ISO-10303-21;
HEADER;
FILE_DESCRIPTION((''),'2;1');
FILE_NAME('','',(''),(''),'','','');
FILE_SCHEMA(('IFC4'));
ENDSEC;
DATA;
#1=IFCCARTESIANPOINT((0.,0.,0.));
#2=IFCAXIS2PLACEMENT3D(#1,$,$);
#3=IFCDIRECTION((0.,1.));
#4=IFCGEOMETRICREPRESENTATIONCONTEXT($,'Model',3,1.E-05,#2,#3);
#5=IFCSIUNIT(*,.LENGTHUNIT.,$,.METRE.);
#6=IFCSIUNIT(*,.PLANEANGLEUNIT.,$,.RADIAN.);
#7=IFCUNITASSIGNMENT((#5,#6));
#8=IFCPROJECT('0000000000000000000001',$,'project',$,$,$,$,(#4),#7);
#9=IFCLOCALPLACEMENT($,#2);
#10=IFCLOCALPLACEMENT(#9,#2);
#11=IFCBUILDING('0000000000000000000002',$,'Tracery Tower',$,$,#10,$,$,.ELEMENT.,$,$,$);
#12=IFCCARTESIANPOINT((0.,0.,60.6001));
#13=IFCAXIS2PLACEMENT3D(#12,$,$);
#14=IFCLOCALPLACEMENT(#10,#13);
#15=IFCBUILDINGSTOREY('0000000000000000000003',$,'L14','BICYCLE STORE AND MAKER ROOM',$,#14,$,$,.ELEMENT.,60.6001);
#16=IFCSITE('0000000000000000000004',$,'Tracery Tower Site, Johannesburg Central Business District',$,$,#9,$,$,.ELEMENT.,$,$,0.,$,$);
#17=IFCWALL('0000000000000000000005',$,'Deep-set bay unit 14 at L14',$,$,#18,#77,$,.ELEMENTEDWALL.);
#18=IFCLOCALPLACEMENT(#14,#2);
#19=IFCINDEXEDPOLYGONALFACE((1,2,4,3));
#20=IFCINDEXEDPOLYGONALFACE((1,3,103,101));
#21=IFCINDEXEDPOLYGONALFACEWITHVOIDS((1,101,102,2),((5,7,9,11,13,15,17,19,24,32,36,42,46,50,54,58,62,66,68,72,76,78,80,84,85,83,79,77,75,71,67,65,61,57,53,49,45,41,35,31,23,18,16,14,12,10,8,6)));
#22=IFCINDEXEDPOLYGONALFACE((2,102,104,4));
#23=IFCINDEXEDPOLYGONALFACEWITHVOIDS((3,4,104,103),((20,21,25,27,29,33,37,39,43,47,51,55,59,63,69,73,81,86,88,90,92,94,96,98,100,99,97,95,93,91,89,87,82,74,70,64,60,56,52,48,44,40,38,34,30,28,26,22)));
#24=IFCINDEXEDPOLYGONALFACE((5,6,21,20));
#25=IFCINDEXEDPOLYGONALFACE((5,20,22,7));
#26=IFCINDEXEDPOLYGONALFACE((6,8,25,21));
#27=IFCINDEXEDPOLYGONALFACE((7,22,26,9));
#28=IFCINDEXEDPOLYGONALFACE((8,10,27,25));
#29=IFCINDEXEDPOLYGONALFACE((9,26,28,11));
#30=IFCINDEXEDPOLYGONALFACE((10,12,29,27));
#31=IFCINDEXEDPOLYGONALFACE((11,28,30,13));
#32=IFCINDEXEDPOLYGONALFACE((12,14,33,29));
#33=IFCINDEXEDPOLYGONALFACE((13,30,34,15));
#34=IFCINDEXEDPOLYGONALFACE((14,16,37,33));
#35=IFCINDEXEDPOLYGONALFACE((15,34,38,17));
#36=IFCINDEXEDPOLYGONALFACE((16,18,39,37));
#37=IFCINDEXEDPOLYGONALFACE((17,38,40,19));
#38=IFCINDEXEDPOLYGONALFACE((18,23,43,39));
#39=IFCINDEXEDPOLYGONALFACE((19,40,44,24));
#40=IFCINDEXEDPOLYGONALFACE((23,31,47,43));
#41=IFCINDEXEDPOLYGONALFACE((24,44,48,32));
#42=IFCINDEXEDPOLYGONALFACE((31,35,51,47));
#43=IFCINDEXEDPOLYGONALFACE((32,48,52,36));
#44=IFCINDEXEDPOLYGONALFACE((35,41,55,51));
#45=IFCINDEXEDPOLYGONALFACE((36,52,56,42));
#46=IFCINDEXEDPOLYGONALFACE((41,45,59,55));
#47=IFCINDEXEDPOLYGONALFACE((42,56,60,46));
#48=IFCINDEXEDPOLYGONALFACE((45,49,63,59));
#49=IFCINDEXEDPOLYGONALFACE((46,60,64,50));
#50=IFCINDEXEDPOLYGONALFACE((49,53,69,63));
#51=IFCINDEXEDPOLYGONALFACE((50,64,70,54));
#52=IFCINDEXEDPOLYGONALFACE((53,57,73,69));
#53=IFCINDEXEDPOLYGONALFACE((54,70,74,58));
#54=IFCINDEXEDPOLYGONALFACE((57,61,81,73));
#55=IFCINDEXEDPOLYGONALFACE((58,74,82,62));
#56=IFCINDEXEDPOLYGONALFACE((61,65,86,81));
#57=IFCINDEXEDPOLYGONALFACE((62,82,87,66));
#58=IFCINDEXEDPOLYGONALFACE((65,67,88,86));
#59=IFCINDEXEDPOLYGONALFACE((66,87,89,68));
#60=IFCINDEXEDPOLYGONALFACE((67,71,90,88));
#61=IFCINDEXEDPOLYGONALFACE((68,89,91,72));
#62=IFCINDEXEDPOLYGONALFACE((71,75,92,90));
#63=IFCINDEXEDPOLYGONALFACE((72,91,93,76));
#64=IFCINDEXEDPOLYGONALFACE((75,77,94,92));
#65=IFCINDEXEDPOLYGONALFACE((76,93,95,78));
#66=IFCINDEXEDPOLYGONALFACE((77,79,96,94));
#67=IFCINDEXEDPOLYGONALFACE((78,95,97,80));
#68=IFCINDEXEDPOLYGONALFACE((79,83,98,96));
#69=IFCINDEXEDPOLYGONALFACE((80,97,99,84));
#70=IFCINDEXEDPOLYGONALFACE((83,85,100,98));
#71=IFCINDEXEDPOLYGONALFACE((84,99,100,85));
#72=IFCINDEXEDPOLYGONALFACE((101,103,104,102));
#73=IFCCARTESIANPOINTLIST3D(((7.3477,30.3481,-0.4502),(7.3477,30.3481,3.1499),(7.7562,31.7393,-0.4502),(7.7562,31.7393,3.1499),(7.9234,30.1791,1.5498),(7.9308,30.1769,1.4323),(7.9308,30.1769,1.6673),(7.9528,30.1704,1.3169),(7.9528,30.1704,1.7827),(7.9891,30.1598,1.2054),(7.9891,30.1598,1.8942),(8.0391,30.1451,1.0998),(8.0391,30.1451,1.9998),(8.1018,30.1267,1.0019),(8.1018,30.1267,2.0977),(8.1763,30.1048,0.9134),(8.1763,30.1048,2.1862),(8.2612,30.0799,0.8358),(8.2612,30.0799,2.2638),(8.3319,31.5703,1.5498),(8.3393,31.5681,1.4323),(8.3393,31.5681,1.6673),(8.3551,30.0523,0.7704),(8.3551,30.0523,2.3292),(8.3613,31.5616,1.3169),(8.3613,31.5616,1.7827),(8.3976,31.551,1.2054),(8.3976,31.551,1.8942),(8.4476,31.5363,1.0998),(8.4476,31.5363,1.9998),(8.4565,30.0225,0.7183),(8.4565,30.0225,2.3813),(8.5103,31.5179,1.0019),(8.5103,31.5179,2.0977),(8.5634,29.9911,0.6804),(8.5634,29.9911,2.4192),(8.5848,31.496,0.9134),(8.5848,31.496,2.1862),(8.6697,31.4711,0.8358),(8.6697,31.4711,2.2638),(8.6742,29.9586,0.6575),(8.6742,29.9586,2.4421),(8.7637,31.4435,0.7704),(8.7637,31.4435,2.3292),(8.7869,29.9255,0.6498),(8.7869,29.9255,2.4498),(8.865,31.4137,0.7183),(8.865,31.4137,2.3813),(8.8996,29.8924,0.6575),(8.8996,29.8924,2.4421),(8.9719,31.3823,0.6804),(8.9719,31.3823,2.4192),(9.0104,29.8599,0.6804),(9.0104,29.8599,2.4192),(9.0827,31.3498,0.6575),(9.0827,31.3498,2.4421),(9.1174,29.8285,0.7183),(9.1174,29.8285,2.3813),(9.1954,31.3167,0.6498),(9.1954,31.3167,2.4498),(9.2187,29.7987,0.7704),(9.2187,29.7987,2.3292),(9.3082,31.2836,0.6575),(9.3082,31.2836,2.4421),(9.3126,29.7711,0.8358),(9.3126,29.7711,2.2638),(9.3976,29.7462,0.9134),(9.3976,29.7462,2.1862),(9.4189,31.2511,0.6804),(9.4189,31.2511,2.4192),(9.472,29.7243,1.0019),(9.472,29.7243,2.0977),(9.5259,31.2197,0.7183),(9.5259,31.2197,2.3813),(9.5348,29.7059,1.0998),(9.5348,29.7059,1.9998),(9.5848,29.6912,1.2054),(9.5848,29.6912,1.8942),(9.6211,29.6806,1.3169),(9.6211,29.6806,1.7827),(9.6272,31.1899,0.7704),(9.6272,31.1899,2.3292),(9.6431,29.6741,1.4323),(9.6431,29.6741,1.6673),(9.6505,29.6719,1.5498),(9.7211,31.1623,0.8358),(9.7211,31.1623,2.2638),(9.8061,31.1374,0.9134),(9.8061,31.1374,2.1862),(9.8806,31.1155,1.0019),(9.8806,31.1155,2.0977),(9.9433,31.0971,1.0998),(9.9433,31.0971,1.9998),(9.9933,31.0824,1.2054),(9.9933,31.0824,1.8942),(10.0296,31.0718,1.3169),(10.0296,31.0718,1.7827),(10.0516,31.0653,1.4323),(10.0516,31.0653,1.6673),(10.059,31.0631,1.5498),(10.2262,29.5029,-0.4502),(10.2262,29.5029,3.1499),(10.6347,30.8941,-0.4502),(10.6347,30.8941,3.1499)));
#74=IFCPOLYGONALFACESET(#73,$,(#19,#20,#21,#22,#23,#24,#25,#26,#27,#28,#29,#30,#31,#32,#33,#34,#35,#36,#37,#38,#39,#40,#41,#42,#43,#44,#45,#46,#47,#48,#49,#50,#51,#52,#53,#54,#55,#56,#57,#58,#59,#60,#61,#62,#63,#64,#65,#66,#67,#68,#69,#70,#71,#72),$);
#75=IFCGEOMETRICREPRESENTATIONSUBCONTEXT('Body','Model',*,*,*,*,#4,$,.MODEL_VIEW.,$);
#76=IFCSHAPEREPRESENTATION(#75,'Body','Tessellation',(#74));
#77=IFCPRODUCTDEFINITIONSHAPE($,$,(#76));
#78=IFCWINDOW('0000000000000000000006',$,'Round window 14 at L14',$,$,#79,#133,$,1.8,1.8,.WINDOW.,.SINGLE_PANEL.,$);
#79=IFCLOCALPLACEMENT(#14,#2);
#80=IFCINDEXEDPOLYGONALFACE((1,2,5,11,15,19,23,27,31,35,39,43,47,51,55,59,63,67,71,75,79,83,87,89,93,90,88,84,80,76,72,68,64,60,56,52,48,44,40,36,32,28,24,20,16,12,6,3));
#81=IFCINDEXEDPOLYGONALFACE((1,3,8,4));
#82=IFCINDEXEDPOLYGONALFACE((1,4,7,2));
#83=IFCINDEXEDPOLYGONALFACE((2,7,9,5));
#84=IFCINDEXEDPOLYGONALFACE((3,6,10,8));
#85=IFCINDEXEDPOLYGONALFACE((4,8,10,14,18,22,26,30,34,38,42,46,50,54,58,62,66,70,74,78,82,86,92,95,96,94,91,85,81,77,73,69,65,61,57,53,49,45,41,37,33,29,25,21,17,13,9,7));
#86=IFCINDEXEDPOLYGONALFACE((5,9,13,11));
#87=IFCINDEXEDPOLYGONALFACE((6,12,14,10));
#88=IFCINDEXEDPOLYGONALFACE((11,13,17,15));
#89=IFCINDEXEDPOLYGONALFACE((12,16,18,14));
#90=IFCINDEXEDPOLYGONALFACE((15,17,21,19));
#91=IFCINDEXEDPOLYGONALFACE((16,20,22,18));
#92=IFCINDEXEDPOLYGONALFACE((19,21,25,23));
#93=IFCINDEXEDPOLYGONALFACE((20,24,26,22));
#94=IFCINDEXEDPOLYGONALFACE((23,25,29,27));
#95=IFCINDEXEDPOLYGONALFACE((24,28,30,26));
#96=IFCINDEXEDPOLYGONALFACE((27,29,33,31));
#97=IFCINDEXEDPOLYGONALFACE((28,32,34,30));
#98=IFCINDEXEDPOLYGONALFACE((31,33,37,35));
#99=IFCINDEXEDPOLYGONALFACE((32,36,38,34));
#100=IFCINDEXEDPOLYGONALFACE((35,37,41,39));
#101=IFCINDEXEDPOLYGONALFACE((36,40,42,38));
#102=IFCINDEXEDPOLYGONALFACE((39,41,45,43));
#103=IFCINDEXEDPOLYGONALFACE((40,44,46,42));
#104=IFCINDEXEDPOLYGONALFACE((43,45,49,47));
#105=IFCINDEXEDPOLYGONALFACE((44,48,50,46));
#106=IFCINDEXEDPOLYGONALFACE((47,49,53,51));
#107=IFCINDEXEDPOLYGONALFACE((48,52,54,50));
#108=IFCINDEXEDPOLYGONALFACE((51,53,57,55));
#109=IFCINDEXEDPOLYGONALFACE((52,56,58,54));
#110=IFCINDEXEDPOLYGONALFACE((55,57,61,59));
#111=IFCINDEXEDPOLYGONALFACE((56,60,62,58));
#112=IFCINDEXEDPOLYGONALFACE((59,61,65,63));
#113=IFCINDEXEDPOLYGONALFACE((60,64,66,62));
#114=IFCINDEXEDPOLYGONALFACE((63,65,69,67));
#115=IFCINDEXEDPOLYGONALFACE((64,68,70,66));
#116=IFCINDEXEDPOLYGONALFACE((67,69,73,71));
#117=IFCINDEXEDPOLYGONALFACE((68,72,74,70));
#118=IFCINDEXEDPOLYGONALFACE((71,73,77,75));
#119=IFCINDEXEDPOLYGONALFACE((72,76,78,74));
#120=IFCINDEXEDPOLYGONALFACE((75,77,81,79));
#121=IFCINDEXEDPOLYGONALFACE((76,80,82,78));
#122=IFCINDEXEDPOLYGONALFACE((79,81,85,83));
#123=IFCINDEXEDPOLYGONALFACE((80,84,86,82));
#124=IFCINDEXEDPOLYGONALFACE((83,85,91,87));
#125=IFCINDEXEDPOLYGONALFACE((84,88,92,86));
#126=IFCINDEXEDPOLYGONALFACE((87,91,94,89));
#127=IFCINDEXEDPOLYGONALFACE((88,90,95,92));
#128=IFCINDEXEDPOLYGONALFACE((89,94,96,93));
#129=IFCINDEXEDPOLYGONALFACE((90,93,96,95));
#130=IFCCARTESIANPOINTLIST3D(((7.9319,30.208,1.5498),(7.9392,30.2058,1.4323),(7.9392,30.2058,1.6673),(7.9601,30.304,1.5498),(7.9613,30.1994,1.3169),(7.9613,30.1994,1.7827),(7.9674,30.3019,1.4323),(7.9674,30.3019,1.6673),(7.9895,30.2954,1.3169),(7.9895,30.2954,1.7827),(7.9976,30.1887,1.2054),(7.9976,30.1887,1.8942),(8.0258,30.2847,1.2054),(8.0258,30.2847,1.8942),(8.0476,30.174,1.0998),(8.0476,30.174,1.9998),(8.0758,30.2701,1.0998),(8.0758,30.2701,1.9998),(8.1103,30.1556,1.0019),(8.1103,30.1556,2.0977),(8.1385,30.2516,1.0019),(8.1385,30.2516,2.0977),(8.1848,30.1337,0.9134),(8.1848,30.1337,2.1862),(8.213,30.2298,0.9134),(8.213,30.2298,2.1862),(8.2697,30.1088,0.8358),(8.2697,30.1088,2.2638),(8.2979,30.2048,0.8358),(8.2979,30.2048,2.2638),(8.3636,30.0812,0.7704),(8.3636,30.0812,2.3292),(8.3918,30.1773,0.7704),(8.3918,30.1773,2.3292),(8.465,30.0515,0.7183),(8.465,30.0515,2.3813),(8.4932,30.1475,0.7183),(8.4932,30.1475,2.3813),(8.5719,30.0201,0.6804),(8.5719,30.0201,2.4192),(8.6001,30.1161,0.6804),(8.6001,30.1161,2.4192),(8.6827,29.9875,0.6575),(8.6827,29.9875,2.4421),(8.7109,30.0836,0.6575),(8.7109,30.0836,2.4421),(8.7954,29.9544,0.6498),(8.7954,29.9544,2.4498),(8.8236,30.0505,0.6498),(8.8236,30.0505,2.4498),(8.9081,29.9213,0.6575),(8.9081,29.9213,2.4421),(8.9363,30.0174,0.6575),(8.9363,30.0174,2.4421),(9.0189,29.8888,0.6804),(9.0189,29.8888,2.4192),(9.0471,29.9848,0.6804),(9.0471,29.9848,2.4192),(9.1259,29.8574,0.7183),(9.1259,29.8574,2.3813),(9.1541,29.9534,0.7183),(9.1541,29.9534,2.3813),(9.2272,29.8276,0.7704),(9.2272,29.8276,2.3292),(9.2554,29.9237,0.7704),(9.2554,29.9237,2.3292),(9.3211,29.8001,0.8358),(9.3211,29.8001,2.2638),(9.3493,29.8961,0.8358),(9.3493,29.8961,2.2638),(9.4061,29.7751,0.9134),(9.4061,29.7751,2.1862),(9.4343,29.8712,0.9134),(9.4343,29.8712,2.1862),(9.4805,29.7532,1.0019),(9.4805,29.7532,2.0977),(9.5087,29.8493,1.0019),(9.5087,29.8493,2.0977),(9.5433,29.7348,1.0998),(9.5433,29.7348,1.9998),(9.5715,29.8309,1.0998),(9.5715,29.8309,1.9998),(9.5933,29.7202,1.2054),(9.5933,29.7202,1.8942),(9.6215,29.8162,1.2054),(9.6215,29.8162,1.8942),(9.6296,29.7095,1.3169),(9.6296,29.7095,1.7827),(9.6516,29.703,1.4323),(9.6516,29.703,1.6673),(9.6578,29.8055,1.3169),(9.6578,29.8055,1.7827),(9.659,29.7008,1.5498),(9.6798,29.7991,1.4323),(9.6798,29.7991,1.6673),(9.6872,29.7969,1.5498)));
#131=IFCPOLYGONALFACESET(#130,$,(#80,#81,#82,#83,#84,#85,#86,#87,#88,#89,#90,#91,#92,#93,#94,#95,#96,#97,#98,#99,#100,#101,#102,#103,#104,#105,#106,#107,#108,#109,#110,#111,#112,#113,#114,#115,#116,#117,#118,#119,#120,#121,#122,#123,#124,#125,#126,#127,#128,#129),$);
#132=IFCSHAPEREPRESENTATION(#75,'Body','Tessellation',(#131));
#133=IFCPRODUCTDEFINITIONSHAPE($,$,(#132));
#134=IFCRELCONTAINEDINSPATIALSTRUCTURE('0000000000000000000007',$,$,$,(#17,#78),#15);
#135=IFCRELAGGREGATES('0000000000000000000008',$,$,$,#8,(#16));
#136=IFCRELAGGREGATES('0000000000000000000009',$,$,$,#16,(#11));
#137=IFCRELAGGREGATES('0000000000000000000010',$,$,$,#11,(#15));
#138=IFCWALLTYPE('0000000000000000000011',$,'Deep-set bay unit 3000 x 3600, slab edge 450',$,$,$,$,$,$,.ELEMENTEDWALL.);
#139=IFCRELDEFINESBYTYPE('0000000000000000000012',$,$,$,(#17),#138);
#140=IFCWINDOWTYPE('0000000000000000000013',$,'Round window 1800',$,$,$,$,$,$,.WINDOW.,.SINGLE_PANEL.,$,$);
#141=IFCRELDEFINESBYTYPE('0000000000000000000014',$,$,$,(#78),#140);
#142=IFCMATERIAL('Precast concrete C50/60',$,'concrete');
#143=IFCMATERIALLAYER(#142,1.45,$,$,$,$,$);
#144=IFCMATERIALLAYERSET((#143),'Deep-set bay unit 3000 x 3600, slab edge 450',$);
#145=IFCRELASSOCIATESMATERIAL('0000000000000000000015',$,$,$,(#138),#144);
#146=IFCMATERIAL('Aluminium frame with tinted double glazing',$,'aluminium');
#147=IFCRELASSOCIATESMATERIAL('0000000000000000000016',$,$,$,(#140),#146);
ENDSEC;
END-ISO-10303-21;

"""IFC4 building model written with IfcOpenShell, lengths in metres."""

from ifc_helpers import new_model, si_unit, direction, frame, frame_2d, origin, origin_2d, place, context, subcontext, project, spatial, rectangle, circle, extrude, material, layer, layer_set, type_object, element, fill, save


model = new_model("IFC4")

# Units and contexts
model_context = context("Model", 3, precision=1e-05, world=origin(), true_north=direction((0.0, 1.0)))
body_context = subcontext(model_context, "Body", "Model", "MODEL_VIEW")
ifc_project = project(units=[si_unit("LENGTHUNIT", "METRE"), si_unit("PLANEANGLEUNIT", "RADIAN")], contexts=[model_context])

# Site, building, storey
site_placement = place(None, origin())
site = spatial("IfcSite", under=ifc_project, at=site_placement, Name="Tracery Tower Site, Johannesburg Central Business District", CompositionType="ELEMENT", RefElevation=0.0)
building_placement = place(site_placement, origin())
building = spatial("IfcBuilding", under=site, at=building_placement, Name="Tracery Tower", CompositionType="ELEMENT")
storey_placement = place(building_placement, frame((0.0, 0.0, 60.6001)))
storey = spatial("IfcBuildingStorey", under=building, at=storey_placement, Name="L14", Description="BICYCLE STORE AND MAKER ROOM", CompositionType="ELEMENT", Elevation=60.6001)

# Wall, opening, window
ifc_material_1 = material(Name="Precast concrete C50/60", Category="concrete")
ifc_layer_1 = layer(ifc_material_1, 1.45)
ifc_layer_set_1 = layer_set([ifc_layer_1], Name="Deep-set bay unit 3000 x 3600, slab edge 450")
wall_type_1 = type_object("IfcWallType", Name="Deep-set bay unit 3000 x 3600, slab edge 450", PredefinedType="ELEMENTEDWALL", material=ifc_layer_set_1)
wall_1_placement = place(storey_placement, frame((10.4304, 30.1985, -0.4502), z_axis=(0.0, 0.0, 1.0), x_axis=(-0.95949, 0.281743, 0.0)))
wall_1 = element("IfcWall", 1, at=wall_1_placement, inside=storey, type_object=wall_type_1, Name="Deep-set bay unit 14 at L14", PredefinedType="ELEMENTEDWALL", context=body_context, shape_type="SweptSolid", body=[
    extrude(rectangle(XDim=3.0, YDim=1.45, at=frame_2d((1.5, 0.0))), origin(), (0.0, 0.0, 1.0), 3.6001),
])
opening_1_placement = place(wall_1_placement, frame((1.5, 0.0, 2.0)))
opening_1 = element("IfcOpeningElement", 2, at=opening_1_placement, cuts=wall_1, PredefinedType="OPENING", context=body_context, shape_type="SweptSolid", body=[
    extrude(circle(Radius=0.9, at=origin_2d()), frame((0.0, 0.7349, 0.0), z_axis=(0.0, -1.0, 0.0), x_axis=(1.0, 0.0, 0.0)), (0.0, 0.0, 1.0), 1.47),
])
ifc_material_2 = material(Name="Aluminium frame with tinted double glazing", Category="aluminium")
window_type = type_object("IfcWindowType", Name="Round window 1800", PartitioningType="SINGLE_PANEL", PredefinedType="WINDOW", material=ifc_material_2)
window_1_placement = place(opening_1_placement, origin())
window_1 = element("IfcWindow", 3, at=window_1_placement, inside=storey, type_object=window_type, Name="Round window 14 at L14", OverallHeight=1.8, OverallWidth=1.8, PartitioningType="SINGLE_PANEL", PredefinedType="WINDOW", context=body_context, shape_type="SweptSolid", body=[
    extrude(circle(Radius=0.9, at=origin_2d()), frame((0.0, 0.6948, 0.0), z_axis=(0.0, -1.0, 0.0), x_axis=(1.0, 0.0, 0.0)), (0.0, 0.0, 1.0), 0.1001),
])
fill(opening_1, window_1)

save(model, "model.ifc")
